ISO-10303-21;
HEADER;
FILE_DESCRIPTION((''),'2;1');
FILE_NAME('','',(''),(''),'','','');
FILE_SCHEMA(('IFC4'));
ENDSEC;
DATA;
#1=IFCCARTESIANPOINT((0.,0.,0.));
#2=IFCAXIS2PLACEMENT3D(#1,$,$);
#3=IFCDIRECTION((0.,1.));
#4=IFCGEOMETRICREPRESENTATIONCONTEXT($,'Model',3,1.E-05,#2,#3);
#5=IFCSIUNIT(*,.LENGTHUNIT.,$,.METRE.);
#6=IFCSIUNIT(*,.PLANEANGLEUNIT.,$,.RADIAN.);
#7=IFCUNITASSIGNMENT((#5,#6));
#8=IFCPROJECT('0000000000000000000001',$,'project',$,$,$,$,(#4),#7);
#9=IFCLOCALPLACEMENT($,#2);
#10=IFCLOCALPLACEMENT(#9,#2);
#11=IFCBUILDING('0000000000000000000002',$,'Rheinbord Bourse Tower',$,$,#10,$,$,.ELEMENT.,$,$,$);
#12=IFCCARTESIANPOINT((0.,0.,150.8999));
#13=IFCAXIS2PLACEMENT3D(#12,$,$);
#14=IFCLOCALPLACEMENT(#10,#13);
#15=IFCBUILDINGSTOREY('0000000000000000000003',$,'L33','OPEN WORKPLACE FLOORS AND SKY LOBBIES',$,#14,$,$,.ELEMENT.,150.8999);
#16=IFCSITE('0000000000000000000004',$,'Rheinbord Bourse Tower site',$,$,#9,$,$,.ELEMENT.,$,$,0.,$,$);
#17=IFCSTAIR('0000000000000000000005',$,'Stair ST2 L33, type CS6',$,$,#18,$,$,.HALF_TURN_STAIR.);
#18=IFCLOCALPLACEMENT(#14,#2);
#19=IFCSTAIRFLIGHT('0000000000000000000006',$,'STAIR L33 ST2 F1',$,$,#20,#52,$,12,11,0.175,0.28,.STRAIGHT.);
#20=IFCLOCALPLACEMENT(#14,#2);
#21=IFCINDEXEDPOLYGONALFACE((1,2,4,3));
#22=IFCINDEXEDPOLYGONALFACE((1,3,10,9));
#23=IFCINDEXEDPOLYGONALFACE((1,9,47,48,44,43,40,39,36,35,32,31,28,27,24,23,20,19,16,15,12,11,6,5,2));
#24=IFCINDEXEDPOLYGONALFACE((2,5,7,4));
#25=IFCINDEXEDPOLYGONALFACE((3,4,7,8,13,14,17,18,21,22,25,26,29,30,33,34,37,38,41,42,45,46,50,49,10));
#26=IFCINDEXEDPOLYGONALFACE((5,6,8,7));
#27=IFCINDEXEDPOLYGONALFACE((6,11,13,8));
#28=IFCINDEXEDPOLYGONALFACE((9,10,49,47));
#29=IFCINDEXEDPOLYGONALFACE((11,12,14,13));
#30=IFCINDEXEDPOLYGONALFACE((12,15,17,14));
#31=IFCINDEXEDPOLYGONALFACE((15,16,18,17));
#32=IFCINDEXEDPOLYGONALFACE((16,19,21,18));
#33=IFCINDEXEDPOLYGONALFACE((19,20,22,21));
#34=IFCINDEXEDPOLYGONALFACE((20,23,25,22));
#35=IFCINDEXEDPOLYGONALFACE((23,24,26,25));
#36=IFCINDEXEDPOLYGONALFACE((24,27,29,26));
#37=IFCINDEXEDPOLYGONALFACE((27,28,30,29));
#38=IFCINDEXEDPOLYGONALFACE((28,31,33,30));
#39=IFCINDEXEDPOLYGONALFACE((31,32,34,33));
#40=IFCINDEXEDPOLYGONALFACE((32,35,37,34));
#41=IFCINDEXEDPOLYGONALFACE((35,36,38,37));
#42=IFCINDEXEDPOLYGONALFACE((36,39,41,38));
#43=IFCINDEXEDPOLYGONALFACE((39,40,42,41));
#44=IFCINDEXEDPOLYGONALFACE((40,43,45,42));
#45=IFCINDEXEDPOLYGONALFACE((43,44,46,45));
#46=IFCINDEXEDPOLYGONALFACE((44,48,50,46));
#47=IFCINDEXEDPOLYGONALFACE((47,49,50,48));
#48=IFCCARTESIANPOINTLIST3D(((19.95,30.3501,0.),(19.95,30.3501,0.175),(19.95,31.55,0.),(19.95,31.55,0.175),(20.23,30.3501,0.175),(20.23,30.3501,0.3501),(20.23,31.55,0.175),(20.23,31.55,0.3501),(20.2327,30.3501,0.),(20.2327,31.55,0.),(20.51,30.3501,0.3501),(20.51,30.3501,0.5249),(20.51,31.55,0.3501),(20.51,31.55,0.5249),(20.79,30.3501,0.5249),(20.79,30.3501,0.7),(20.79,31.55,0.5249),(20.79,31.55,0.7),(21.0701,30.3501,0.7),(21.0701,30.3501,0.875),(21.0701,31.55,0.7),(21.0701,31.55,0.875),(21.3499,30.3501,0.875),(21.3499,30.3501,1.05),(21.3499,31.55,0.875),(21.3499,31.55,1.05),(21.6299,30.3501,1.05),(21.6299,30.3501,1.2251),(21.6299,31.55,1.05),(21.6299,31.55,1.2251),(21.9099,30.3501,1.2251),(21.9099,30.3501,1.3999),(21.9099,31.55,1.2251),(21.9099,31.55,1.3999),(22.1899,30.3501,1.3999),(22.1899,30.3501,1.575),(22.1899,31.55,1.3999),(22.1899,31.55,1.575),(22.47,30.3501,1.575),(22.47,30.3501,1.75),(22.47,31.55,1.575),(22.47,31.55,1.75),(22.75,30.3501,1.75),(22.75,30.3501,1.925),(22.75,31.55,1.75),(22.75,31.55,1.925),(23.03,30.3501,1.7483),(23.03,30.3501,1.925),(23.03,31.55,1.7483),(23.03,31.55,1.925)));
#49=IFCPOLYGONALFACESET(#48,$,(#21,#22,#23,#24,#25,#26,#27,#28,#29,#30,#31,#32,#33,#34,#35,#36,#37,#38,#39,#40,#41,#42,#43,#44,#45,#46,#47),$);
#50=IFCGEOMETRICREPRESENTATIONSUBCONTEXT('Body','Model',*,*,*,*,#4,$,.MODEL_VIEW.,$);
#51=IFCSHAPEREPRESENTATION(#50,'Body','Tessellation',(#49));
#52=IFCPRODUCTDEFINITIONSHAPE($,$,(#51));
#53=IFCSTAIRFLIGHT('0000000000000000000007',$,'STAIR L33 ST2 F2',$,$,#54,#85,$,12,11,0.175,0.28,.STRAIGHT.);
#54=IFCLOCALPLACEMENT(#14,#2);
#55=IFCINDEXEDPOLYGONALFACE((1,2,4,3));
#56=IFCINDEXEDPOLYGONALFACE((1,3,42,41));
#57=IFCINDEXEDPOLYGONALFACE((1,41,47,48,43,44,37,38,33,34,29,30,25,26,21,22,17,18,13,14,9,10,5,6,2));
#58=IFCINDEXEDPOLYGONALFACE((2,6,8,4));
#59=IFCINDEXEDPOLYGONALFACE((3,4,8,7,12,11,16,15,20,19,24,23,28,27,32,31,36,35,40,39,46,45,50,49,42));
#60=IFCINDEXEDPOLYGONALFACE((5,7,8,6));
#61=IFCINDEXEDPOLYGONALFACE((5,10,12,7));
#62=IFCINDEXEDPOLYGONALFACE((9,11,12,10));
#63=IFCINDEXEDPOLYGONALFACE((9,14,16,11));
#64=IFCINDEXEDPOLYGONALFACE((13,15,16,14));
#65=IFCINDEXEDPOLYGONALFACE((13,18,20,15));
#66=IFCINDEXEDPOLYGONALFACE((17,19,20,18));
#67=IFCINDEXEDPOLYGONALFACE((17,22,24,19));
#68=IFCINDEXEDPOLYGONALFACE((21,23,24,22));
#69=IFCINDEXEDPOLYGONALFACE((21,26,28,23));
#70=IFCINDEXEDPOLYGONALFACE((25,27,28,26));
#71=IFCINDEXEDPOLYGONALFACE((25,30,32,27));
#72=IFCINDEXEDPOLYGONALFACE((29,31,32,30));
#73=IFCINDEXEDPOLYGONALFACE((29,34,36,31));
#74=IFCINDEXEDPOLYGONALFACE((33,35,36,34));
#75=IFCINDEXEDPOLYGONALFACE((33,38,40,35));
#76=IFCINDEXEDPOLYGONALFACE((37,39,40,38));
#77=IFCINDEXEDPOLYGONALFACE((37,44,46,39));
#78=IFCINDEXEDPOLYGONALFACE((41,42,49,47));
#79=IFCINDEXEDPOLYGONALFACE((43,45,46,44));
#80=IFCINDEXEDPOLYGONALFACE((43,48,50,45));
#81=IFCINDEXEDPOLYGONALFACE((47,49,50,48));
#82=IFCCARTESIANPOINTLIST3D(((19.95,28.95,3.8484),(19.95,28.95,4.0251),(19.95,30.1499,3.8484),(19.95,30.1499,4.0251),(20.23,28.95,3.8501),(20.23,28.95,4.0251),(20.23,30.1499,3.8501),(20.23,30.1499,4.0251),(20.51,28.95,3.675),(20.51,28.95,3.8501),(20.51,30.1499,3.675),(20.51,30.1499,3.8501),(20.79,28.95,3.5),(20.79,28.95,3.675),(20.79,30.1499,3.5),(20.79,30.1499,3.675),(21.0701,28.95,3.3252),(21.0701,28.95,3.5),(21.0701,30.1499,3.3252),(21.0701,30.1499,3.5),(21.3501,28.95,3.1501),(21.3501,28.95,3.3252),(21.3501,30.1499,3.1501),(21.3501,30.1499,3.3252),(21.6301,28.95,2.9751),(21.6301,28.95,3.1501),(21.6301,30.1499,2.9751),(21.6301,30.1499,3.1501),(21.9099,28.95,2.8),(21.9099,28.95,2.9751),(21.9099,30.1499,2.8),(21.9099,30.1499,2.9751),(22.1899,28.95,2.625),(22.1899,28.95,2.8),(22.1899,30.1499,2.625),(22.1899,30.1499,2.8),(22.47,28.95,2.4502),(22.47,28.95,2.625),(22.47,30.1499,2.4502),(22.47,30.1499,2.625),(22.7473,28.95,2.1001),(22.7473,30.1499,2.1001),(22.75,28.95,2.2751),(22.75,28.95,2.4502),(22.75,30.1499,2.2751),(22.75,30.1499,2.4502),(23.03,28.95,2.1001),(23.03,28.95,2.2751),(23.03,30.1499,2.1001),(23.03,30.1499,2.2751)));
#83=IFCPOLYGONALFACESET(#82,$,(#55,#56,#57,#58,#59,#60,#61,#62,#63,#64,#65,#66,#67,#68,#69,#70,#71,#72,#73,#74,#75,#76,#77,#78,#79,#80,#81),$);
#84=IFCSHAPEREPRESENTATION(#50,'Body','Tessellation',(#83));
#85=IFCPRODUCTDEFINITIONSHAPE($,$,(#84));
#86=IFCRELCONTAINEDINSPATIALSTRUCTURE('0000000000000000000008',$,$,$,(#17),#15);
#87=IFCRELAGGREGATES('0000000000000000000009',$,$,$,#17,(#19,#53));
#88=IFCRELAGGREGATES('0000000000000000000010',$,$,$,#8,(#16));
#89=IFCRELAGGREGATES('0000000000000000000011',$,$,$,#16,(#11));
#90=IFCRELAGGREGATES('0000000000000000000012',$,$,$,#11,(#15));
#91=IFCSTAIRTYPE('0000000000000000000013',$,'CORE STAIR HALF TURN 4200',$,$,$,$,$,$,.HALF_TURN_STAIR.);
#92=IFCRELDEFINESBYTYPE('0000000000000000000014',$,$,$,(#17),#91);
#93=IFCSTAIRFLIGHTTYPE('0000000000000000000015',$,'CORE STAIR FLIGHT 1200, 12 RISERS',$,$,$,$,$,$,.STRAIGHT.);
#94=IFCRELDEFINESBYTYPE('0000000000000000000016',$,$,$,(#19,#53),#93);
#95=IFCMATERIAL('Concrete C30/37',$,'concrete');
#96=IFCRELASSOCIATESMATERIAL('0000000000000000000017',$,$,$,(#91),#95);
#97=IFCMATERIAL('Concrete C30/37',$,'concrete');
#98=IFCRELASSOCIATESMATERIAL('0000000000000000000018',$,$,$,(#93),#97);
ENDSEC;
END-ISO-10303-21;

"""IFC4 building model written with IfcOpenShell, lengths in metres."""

from ifc_helpers import new_model, si_unit, direction, frame, origin, place, context, subcontext, project, spatial, polyline, outline, extrude, material, type_object, element, aggregate, save


model = new_model("IFC4")

# Units and contexts
model_context = context("Model", 3, precision=1e-05, world=origin(), true_north=direction((0.0, 1.0)))
body_context = subcontext(model_context, "Body", "Model", "MODEL_VIEW")
ifc_project = project(units=[si_unit("LENGTHUNIT", "METRE"), si_unit("PLANEANGLEUNIT", "RADIAN")], contexts=[model_context])

# Site, building, storey
site_placement = place(None, origin())
site = spatial("IfcSite", under=ifc_project, at=site_placement, Name="Rheinbord Bourse Tower site", CompositionType="ELEMENT", RefElevation=0.0)
building_placement = place(site_placement, origin())
building = spatial("IfcBuilding", under=site, at=building_placement, Name="Rheinbord Bourse Tower", CompositionType="ELEMENT")
storey_placement = place(building_placement, frame((0.0, 0.0, 150.8999)))
storey = spatial("IfcBuildingStorey", under=building, at=storey_placement, Name="L33", Description="OPEN WORKPLACE FLOORS AND SKY LOBBIES", CompositionType="ELEMENT", Elevation=150.8999)

# Stair, stair flights
ifc_material_1 = material(Name="Concrete C30/37", Category="concrete")
stair_type = type_object("IfcStairType", Name="CORE STAIR HALF TURN 4200", PredefinedType="HALF_TURN_STAIR", material=ifc_material_1)
stair_placement = place(storey_placement, origin())
stair = element("IfcStair", 1, at=stair_placement, inside=storey, type_object=stair_type, Name="Stair ST2 L33, type CS6", PredefinedType="HALF_TURN_STAIR")
ifc_material_2 = material(Name="Concrete C30/37", Category="concrete")
stair_flight_type = type_object("IfcStairFlightType", Name="CORE STAIR FLIGHT 1200, 12 RISERS", PredefinedType="STRAIGHT", material=ifc_material_2)
stair_flight_1_placement = place(storey_placement, frame((19.95, 30.95, 0.0), z_axis=(0.0, 0.0, 1.0), x_axis=(1.0, 0.0, 0.0)))
stair_flight_1 = element("IfcStairFlight", 2, at=stair_flight_1_placement, type_object=stair_flight_type, Name="STAIR L33 ST2 F1", NumberOfRisers=12, NumberOfTreads=11, PredefinedType="STRAIGHT", RiserHeight=0.175, TreadLength=0.28, context=body_context, shape_type="SweptSolid", body=[
    extrude(outline(polyline([(0.0, 0.0), (0.0, 0.175), (0.28, 0.175), (0.28, 0.3501), (0.5601, 0.3501), (0.5601, 0.5249), (0.8401, 0.5249), (0.8401, 0.7), (1.1201, 0.7), (1.1201, 0.875), (1.3999, 0.875), (1.3999, 1.05), (1.6799, 1.05), (1.6799, 1.2251), (1.96, 1.2251), (1.96, 1.3999), (2.24, 1.3999), (2.24, 1.575), (2.52, 1.575), (2.52, 1.75), (2.8, 1.75), (2.8, 1.925), (3.0801, 1.925), (3.0801, 2.1001), (3.0801, 1.7483), (0.2827, 0.0), (0.0, 0.0)])), frame((0.0, 0.6001, 0.0), z_axis=(0.0, -1.0, 0.0), x_axis=(1.0, 0.0, 0.0)), (0.0, 0.0, 1.0), 1.2),
])
stair_flight_2_placement = place(storey_placement, frame((23.03, 29.55, 2.1001), z_axis=(0.0, 0.0, 1.0), x_axis=(-1.0, 0.0, 0.0)))
stair_flight_2 = element("IfcStairFlight", 3, at=stair_flight_2_placement, type_object=stair_flight_type, Name="STAIR L33 ST2 F2", NumberOfRisers=12, NumberOfTreads=11, PredefinedType="STRAIGHT", RiserHeight=0.175, TreadLength=0.28, context=body_context, shape_type="SweptSolid", body=[
    extrude(outline(polyline([(0.0, 0.0), (0.0, 0.175), (0.28, 0.175), (0.28, 0.3501), (0.5601, 0.3501), (0.5601, 0.5249), (0.8401, 0.5249), (0.8401, 0.7), (1.1201, 0.7), (1.1201, 0.875), (1.3999, 0.875), (1.3999, 1.05), (1.6799, 1.05), (1.6799, 1.2251), (1.96, 1.2251), (1.96, 1.3999), (2.24, 1.3999), (2.24, 1.575), (2.52, 1.575), (2.52, 1.75), (2.8, 1.75), (2.8, 1.925), (3.0801, 1.925), (3.0801, 2.1001), (3.0801, 1.7483), (0.2827, 0.0), (0.0, 0.0)])), frame((0.0, 0.6001, 0.0), z_axis=(0.0, -1.0, 0.0), x_axis=(1.0, 0.0, 0.0)), (0.0, 0.0, 1.0), 1.2),
])
aggregate(stair, [stair_flight_1, stair_flight_2])

save(model, "model.ifc")
